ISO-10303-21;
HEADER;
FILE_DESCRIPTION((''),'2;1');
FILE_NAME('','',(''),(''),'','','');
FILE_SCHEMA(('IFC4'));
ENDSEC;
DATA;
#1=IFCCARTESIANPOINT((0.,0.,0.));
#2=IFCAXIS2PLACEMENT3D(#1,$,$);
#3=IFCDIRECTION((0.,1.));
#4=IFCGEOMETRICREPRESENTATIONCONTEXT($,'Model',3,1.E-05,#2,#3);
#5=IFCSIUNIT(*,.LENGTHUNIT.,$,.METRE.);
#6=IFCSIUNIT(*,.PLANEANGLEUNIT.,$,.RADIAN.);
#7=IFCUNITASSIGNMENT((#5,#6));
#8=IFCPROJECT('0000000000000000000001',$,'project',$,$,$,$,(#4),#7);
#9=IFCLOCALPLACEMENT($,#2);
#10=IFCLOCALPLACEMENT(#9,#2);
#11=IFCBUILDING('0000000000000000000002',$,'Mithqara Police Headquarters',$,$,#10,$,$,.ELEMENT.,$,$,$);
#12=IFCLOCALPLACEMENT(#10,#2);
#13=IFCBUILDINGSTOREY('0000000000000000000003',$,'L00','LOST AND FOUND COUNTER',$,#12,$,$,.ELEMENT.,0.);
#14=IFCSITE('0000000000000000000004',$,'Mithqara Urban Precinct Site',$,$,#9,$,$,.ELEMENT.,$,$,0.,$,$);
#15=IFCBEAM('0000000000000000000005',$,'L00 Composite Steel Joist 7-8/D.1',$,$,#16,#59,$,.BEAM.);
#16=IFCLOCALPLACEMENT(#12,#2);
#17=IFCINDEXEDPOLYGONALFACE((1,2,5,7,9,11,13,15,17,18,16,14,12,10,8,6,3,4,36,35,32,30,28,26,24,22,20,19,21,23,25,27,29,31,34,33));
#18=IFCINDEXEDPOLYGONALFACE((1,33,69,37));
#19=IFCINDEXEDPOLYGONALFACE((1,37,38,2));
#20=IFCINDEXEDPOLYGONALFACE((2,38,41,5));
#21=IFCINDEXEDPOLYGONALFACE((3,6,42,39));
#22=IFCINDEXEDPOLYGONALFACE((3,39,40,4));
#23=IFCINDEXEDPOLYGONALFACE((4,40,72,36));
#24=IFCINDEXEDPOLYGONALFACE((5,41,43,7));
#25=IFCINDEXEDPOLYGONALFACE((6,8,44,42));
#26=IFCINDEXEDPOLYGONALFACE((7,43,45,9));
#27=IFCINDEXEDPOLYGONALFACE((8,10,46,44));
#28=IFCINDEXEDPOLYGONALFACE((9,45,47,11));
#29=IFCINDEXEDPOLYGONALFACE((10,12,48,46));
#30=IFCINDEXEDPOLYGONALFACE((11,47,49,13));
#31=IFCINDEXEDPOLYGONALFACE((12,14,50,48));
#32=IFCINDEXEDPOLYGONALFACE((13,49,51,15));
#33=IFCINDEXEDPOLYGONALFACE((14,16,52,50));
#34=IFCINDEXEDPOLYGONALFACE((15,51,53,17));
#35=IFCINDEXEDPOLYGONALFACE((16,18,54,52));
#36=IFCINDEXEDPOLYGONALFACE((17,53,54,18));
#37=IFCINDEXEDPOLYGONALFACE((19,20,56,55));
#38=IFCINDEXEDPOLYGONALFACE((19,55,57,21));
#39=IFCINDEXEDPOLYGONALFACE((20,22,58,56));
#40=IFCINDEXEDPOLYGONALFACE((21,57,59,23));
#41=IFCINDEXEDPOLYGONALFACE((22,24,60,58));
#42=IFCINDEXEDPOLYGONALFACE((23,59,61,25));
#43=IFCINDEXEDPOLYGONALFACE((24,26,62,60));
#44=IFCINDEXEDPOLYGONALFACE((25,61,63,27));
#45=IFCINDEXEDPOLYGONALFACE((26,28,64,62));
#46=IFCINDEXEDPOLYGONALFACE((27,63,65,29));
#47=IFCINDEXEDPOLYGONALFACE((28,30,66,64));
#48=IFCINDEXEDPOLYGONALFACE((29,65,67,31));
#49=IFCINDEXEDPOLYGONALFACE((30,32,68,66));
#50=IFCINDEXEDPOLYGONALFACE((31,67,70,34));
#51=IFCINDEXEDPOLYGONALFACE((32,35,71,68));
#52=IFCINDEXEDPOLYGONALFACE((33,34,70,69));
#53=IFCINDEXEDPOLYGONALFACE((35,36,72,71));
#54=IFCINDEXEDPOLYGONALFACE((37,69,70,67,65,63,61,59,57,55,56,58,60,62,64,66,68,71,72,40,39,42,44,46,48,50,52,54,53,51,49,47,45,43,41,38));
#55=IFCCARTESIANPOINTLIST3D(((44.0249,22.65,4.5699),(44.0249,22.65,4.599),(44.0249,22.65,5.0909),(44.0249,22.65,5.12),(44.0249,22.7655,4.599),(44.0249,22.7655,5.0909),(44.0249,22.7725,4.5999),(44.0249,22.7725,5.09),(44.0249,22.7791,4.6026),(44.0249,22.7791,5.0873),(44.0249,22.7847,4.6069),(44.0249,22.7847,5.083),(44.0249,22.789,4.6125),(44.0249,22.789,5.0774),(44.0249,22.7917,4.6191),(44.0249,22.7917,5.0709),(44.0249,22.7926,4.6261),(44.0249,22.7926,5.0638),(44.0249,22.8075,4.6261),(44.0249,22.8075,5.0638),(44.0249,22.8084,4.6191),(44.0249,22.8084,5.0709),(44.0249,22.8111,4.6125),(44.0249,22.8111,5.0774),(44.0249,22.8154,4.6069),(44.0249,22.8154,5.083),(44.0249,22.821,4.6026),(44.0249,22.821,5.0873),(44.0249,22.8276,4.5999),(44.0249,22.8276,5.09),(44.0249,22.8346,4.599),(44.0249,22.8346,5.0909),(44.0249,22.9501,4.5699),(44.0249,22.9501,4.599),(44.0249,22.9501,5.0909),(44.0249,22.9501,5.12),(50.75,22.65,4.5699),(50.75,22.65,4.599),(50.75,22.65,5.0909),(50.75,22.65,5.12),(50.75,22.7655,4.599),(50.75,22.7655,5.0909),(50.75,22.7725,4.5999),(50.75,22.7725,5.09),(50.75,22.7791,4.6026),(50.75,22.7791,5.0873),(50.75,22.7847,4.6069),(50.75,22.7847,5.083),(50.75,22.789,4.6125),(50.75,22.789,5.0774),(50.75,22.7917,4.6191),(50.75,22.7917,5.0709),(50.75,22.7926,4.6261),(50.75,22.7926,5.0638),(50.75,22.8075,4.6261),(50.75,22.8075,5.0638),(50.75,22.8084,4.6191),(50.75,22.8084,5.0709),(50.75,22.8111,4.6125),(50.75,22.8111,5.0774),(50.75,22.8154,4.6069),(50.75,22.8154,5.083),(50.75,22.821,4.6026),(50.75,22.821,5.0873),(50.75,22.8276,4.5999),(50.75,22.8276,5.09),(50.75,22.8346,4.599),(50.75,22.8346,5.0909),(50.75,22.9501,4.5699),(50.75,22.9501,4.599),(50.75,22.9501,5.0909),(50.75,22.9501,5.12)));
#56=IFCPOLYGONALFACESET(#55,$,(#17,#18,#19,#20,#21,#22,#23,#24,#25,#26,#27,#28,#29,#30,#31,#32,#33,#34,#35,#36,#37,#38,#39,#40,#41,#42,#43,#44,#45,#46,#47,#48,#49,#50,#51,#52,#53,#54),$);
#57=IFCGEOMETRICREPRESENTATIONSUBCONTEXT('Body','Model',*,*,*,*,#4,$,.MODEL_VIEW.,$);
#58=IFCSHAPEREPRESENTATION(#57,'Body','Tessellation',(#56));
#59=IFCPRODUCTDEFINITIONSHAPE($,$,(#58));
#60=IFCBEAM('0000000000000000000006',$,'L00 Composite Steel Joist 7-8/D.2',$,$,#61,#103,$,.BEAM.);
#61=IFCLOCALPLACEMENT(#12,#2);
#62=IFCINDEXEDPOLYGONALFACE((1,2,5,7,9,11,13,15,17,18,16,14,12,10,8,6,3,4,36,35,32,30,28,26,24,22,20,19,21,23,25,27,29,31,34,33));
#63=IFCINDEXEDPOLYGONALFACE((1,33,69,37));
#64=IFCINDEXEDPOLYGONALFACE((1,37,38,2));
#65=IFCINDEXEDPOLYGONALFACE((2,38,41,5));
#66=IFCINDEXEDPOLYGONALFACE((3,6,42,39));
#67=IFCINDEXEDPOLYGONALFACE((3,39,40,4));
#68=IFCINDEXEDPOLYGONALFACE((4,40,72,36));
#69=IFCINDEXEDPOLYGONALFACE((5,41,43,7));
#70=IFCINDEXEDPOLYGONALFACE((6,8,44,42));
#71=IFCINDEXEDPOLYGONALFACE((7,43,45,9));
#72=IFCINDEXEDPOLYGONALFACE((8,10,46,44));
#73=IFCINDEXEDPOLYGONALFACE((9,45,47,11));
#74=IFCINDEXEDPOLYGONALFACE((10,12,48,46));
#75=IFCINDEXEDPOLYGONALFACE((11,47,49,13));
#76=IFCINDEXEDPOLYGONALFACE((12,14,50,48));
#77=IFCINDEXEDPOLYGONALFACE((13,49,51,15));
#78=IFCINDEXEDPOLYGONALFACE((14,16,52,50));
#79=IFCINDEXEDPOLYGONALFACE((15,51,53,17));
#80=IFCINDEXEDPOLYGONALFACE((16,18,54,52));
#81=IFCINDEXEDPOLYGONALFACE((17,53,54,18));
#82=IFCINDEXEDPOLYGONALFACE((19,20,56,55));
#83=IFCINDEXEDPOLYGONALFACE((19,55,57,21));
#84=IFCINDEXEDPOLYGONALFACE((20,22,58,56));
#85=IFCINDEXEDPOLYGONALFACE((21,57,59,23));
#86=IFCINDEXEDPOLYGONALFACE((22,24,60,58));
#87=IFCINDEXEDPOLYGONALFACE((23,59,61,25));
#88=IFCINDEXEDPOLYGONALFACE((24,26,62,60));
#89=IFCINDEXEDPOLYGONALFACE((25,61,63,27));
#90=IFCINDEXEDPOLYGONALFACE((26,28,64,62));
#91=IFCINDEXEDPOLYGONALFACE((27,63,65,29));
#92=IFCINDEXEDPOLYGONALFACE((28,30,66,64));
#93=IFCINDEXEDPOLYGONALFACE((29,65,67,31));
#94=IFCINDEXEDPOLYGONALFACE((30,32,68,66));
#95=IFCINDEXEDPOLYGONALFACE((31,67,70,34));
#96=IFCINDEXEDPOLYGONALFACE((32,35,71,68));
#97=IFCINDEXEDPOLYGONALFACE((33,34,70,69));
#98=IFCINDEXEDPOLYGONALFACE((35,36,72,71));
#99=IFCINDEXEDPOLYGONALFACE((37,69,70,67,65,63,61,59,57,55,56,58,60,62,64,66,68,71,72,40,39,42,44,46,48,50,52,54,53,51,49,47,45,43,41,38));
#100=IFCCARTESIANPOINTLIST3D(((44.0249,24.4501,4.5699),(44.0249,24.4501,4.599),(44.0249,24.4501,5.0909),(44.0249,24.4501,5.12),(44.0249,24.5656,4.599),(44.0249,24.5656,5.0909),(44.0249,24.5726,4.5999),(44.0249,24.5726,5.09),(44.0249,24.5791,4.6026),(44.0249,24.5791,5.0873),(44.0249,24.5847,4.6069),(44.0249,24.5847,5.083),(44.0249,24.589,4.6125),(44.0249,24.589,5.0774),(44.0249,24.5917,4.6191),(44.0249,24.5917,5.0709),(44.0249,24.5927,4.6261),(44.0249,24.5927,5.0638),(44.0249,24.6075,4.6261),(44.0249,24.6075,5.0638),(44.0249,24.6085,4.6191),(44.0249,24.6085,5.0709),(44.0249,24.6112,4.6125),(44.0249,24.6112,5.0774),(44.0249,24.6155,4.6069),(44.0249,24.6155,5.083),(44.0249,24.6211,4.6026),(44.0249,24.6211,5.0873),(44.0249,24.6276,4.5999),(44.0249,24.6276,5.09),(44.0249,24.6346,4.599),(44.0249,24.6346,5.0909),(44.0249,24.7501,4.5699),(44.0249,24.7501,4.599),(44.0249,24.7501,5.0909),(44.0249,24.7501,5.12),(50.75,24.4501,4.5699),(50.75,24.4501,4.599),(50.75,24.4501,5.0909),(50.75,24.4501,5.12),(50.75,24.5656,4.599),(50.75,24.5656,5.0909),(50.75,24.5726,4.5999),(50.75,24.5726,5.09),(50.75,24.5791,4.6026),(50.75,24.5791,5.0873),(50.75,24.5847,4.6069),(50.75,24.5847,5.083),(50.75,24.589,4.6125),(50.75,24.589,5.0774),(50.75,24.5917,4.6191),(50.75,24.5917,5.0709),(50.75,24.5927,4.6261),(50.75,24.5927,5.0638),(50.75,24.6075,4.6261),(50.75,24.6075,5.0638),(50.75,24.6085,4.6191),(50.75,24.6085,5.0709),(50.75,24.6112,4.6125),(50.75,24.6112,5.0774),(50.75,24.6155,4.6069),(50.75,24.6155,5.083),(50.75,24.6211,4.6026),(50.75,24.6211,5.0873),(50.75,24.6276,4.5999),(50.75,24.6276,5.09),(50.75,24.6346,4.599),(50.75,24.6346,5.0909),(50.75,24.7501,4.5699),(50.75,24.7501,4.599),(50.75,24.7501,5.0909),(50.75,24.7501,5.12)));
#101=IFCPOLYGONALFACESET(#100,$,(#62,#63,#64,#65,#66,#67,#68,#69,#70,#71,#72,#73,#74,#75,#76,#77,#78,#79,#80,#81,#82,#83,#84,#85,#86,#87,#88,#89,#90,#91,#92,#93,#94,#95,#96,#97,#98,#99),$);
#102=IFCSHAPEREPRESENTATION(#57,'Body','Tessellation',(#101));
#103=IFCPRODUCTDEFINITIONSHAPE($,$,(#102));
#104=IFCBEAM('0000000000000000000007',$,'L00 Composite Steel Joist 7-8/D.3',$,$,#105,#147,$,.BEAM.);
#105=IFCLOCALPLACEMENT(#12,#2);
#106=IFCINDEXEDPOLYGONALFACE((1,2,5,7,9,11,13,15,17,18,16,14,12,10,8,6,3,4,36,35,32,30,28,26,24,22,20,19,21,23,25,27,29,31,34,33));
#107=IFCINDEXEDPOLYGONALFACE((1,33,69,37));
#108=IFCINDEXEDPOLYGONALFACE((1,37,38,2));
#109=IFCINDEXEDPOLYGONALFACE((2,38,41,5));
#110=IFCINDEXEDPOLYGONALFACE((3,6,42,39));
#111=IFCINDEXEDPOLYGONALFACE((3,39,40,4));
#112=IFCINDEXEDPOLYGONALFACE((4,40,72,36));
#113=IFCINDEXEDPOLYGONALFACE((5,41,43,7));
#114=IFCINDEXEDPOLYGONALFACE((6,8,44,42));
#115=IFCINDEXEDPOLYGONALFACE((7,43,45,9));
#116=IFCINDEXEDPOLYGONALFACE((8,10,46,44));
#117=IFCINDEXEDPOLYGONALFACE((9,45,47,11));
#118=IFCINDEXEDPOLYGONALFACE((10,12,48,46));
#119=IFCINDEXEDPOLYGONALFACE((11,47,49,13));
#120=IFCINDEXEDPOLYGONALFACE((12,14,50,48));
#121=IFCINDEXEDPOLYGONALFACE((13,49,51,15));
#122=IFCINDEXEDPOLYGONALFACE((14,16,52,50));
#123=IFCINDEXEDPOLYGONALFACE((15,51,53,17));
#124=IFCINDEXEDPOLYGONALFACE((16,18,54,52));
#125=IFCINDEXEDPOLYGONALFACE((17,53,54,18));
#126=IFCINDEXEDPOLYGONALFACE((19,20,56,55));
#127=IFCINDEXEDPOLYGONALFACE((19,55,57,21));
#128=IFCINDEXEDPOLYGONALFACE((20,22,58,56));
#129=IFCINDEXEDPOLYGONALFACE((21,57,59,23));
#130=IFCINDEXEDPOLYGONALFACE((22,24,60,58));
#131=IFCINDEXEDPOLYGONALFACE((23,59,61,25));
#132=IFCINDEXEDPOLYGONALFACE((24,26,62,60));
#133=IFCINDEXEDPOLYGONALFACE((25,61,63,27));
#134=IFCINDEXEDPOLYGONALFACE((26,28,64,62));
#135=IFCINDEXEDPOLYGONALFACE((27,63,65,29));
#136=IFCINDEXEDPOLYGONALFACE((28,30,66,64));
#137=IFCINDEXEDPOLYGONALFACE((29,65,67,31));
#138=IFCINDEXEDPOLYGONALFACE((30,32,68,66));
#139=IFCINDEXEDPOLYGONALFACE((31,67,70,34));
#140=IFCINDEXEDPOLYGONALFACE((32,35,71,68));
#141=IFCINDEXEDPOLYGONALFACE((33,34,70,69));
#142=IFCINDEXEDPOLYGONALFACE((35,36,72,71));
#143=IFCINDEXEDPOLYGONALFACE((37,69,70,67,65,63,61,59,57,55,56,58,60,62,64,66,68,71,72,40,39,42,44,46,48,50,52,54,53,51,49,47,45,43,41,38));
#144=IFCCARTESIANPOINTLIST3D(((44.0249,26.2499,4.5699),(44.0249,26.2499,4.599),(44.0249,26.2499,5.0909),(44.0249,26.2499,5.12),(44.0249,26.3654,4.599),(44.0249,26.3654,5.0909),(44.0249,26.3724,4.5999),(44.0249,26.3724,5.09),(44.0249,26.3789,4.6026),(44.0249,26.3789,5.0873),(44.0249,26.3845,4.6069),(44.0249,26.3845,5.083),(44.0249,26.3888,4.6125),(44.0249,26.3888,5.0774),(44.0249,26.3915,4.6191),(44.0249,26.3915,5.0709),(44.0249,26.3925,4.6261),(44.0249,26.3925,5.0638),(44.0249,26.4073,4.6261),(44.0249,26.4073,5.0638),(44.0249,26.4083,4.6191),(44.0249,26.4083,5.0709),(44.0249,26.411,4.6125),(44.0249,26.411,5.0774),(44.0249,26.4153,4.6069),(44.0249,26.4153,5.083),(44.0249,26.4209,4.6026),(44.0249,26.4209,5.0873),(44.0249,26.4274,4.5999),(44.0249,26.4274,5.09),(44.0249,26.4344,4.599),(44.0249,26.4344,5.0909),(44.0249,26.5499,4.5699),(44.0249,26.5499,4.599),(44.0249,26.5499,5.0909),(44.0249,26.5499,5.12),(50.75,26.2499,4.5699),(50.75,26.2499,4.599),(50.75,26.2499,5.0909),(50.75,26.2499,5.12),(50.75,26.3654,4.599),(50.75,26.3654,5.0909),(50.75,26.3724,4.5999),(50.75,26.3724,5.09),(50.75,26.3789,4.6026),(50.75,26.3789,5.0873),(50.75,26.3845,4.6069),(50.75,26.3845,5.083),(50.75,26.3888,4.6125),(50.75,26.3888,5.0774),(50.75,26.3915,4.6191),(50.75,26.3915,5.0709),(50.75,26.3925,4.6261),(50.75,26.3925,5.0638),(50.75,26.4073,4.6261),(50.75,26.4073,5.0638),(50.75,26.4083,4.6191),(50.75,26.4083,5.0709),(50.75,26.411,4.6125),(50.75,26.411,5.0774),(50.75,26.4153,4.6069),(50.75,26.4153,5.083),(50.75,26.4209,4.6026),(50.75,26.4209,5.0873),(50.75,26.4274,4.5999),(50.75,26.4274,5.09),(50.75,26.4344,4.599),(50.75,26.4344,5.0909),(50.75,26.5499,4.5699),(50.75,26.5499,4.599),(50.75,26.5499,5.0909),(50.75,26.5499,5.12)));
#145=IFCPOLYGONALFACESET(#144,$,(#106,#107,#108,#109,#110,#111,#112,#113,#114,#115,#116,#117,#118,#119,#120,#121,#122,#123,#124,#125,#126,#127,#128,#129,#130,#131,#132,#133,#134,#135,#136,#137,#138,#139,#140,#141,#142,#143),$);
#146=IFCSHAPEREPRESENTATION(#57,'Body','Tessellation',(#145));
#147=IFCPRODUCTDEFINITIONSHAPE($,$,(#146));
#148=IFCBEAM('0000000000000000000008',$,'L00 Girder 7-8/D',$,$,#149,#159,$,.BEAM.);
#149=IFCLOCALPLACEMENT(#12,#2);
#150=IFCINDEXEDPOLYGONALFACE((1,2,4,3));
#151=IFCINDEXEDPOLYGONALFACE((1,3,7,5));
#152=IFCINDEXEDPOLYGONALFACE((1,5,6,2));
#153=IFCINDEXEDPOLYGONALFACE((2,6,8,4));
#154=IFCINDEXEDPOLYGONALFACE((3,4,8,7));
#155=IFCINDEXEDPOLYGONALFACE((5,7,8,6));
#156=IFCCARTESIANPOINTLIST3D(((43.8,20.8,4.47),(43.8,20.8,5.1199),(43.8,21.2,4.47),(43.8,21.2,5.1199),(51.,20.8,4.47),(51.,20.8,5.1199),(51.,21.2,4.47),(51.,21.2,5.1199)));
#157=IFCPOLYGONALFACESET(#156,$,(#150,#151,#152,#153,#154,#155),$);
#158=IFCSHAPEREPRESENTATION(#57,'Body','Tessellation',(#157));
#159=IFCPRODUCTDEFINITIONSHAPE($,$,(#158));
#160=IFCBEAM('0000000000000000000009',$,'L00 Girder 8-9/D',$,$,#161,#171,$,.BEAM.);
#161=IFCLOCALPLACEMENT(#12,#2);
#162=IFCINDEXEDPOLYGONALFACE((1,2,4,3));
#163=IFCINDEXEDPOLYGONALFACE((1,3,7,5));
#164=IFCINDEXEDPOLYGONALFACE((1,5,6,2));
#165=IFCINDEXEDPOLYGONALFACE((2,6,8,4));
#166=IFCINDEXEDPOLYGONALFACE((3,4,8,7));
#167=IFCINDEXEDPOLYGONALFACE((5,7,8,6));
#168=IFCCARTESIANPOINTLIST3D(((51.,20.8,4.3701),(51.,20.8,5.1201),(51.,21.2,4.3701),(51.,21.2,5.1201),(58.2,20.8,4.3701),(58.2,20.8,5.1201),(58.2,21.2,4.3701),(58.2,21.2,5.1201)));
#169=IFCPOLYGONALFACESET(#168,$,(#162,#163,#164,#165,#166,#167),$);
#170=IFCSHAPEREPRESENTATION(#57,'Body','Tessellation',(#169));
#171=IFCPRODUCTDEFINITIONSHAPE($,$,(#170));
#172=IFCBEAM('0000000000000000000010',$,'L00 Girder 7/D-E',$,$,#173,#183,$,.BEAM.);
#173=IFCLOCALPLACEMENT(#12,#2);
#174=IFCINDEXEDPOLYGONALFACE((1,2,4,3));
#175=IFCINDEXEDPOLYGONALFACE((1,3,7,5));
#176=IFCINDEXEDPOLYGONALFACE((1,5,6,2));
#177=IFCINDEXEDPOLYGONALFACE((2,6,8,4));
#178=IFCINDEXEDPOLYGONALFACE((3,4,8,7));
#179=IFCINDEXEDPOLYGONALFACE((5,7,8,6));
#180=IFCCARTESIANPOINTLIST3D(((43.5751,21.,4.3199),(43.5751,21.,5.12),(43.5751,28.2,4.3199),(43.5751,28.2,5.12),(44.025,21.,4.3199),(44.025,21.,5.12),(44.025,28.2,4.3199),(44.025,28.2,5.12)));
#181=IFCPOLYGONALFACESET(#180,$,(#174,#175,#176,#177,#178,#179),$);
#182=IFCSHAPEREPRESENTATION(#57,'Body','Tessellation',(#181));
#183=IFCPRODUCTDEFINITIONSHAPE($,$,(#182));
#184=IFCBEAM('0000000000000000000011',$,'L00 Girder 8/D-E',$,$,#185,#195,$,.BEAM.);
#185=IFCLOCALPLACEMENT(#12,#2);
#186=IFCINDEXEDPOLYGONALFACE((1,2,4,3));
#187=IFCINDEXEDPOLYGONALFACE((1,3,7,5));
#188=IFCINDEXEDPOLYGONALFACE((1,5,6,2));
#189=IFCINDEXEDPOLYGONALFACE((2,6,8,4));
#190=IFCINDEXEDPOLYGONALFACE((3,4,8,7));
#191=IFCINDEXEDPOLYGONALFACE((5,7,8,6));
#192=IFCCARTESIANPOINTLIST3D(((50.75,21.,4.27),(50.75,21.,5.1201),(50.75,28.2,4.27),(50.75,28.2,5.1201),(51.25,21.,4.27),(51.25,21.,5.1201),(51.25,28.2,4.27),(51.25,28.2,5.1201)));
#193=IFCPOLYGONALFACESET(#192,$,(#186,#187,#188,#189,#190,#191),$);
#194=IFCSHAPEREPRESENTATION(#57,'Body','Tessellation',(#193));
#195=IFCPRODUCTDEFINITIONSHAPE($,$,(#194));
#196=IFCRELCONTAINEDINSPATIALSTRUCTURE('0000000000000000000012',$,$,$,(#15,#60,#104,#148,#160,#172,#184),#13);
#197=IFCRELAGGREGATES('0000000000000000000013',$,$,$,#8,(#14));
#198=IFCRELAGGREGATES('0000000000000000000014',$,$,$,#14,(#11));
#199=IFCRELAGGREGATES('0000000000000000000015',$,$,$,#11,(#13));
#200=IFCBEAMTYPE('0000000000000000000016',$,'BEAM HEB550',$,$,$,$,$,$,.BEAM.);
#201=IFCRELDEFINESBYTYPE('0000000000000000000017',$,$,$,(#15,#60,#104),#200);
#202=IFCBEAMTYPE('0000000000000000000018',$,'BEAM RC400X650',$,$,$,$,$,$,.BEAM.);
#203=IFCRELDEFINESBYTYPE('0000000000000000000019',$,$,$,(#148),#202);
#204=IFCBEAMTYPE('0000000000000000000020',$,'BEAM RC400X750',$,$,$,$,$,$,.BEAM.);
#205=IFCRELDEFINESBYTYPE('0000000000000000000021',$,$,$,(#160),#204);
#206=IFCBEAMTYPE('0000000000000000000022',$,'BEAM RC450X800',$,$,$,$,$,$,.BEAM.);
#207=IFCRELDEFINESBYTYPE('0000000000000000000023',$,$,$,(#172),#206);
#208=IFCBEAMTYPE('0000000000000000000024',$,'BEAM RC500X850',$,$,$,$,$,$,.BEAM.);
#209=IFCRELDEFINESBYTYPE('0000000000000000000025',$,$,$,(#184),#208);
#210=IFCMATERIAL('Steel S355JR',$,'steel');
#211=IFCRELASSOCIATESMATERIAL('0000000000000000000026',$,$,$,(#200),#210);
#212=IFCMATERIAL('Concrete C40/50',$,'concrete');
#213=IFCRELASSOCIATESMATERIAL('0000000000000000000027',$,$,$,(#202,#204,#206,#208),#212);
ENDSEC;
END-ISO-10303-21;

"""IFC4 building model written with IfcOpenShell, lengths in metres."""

from ifc_helpers import new_model, si_unit, direction, frame, origin, origin_2d, place, context, subcontext, project, spatial, rectangle, i_section, extrude, material, material_profile, profile_set, type_object, element, save


model = new_model("IFC4")

# Units and contexts
model_context = context("Model", 3, precision=1e-05, world=origin(), true_north=direction((0.0, 1.0)))
body_context = subcontext(model_context, "Body", "Model", "MODEL_VIEW")
ifc_project = project(units=[si_unit("LENGTHUNIT", "METRE"), si_unit("PLANEANGLEUNIT", "RADIAN")], contexts=[model_context])

# Site, building, storey
site_placement = place(None, origin())
site = spatial("IfcSite", under=ifc_project, at=site_placement, Name="Mithqara Urban Precinct Site", CompositionType="ELEMENT", RefElevation=0.0)
building_placement = place(site_placement, origin())
building = spatial("IfcBuilding", under=site, at=building_placement, Name="Mithqara Police Headquarters", CompositionType="ELEMENT")
storey_placement = place(building_placement, origin())
storey = spatial("IfcBuildingStorey", under=building, at=storey_placement, Name="L00", Description="LOST AND FOUND COUNTER", CompositionType="ELEMENT", Elevation=0.0)

# Beams
ifc_material_1 = material(Name="Steel S355JR", Category="steel")
ifc_material_profile_1 = material_profile(ifc_material_1, i_section(OverallWidth=0.3, OverallDepth=0.55, WebThickness=0.0149, FlangeThickness=0.0291, FilletRadius=0.0271, at=origin_2d()), Name="HEB 550")
ifc_profile_set_1 = profile_set([ifc_material_profile_1], Name="Steel S355JR")
beam_type_1 = type_object("IfcBeamType", Name="BEAM HEB550", PredefinedType="BEAM", material=ifc_profile_set_1)
for number, where, z_axis, x_axis, name in (
    (1, (44.0249, 22.8, 4.845), (1.0, 0.0, 0.0), (0.0, 1.0, 0.0), "L00 Composite Steel Joist 7-8/D.1"),
    (2, (44.0249, 24.6001, 4.845), (1.0, 0.0, 0.0), (0.0, 1.0, 0.0), "L00 Composite Steel Joist 7-8/D.2"),
    (3, (44.0249, 26.3999, 4.845), (1.0, 0.0, 0.0), (0.0, 1.0, 0.0), "L00 Composite Steel Joist 7-8/D.3"),
):
    element("IfcBeam", number, at=place(storey_placement, frame(where, z_axis=z_axis, x_axis=x_axis)), inside=storey, type_object=beam_type_1, Name=name, PredefinedType="BEAM", context=body_context, shape_type="SweptSolid", body=[
        extrude(i_section(OverallWidth=0.3, OverallDepth=0.55, WebThickness=0.0149, FlangeThickness=0.0291, FilletRadius=0.0271, at=origin_2d()), origin(), (0.0, 0.0, 1.0), 6.7251),
    ])
ifc_material_2 = material(Name="Concrete C40/50", Category="concrete")
ifc_material_profile_2 = material_profile(ifc_material_2, rectangle(XDim=0.3999, YDim=0.6499, at=origin_2d()), Name="RC 400x650")
ifc_profile_set_2 = profile_set([ifc_material_profile_2], Name="Concrete C40/50")
beam_type_2 = type_object("IfcBeamType", Name="BEAM RC400X650", PredefinedType="BEAM", material=ifc_profile_set_2)
beam_1_placement = place(storey_placement, frame((43.8, 21.0, 4.7949), z_axis=(1.0, 0.0, 0.0), x_axis=(0.0, 1.0, 0.0)))
element("IfcBeam", 4, at=beam_1_placement, inside=storey, type_object=beam_type_2, Name="L00 Girder 7-8/D", PredefinedType="BEAM", context=body_context, shape_type="SweptSolid", body=[
    extrude(rectangle(XDim=0.3999, YDim=0.6499, at=origin_2d()), origin(), (0.0, 0.0, 1.0), 7.2),
])
ifc_material_profile_3 = material_profile(ifc_material_2, rectangle(XDim=0.3999, YDim=0.75, at=origin_2d()), Name="RC 400x750")
ifc_profile_set_3 = profile_set([ifc_material_profile_3], Name="Concrete C40/50")
beam_type_3 = type_object("IfcBeamType", Name="BEAM RC400X750", PredefinedType="BEAM", material=ifc_profile_set_3)
beam_2_placement = place(storey_placement, frame((51.0, 21.0, 4.7451), z_axis=(1.0, 0.0, 0.0), x_axis=(0.0, 1.0, 0.0)))
element("IfcBeam", 5, at=beam_2_placement, inside=storey, type_object=beam_type_3, Name="L00 Girder 8-9/D", PredefinedType="BEAM", context=body_context, shape_type="SweptSolid", body=[
    extrude(rectangle(XDim=0.3999, YDim=0.75, at=origin_2d()), origin(), (0.0, 0.0, 1.0), 7.2),
])
ifc_material_profile_4 = material_profile(ifc_material_2, rectangle(XDim=0.45, YDim=0.8, at=origin_2d()), Name="RC 450x800")
ifc_profile_set_4 = profile_set([ifc_material_profile_4], Name="Concrete C40/50")
beam_type_4 = type_object("IfcBeamType", Name="BEAM RC450X800", PredefinedType="BEAM", material=ifc_profile_set_4)
beam_3_placement = place(storey_placement, frame((43.8, 21.0, 4.72), z_axis=(0.0, 1.0, 0.0), x_axis=(-1.0, 0.0, 0.0)))
element("IfcBeam", 6, at=beam_3_placement, inside=storey, type_object=beam_type_4, Name="L00 Girder 7/D-E", PredefinedType="BEAM", context=body_context, shape_type="SweptSolid", body=[
    extrude(rectangle(XDim=0.45, YDim=0.8, at=origin_2d()), origin(), (0.0, 0.0, 1.0), 7.2),
])
ifc_material_profile_5 = material_profile(ifc_material_2, rectangle(XDim=0.5, YDim=0.8501, at=origin_2d()), Name="RC 500x850")
ifc_profile_set_5 = profile_set([ifc_material_profile_5], Name="Concrete C40/50")
beam_type_5 = type_object("IfcBeamType", Name="BEAM RC500X850", PredefinedType="BEAM", material=ifc_profile_set_5)
beam_4_placement = place(storey_placement, frame((51.0, 21.0, 4.6951), z_axis=(0.0, 1.0, 0.0), x_axis=(-1.0, 0.0, 0.0)))
element("IfcBeam", 7, at=beam_4_placement, inside=storey, type_object=beam_type_5, Name="L00 Girder 8/D-E", PredefinedType="BEAM", context=body_context, shape_type="SweptSolid", body=[
    extrude(rectangle(XDim=0.5, YDim=0.8501, at=origin_2d()), origin(), (0.0, 0.0, 1.0), 7.2),
])

save(model, "model.ifc")
